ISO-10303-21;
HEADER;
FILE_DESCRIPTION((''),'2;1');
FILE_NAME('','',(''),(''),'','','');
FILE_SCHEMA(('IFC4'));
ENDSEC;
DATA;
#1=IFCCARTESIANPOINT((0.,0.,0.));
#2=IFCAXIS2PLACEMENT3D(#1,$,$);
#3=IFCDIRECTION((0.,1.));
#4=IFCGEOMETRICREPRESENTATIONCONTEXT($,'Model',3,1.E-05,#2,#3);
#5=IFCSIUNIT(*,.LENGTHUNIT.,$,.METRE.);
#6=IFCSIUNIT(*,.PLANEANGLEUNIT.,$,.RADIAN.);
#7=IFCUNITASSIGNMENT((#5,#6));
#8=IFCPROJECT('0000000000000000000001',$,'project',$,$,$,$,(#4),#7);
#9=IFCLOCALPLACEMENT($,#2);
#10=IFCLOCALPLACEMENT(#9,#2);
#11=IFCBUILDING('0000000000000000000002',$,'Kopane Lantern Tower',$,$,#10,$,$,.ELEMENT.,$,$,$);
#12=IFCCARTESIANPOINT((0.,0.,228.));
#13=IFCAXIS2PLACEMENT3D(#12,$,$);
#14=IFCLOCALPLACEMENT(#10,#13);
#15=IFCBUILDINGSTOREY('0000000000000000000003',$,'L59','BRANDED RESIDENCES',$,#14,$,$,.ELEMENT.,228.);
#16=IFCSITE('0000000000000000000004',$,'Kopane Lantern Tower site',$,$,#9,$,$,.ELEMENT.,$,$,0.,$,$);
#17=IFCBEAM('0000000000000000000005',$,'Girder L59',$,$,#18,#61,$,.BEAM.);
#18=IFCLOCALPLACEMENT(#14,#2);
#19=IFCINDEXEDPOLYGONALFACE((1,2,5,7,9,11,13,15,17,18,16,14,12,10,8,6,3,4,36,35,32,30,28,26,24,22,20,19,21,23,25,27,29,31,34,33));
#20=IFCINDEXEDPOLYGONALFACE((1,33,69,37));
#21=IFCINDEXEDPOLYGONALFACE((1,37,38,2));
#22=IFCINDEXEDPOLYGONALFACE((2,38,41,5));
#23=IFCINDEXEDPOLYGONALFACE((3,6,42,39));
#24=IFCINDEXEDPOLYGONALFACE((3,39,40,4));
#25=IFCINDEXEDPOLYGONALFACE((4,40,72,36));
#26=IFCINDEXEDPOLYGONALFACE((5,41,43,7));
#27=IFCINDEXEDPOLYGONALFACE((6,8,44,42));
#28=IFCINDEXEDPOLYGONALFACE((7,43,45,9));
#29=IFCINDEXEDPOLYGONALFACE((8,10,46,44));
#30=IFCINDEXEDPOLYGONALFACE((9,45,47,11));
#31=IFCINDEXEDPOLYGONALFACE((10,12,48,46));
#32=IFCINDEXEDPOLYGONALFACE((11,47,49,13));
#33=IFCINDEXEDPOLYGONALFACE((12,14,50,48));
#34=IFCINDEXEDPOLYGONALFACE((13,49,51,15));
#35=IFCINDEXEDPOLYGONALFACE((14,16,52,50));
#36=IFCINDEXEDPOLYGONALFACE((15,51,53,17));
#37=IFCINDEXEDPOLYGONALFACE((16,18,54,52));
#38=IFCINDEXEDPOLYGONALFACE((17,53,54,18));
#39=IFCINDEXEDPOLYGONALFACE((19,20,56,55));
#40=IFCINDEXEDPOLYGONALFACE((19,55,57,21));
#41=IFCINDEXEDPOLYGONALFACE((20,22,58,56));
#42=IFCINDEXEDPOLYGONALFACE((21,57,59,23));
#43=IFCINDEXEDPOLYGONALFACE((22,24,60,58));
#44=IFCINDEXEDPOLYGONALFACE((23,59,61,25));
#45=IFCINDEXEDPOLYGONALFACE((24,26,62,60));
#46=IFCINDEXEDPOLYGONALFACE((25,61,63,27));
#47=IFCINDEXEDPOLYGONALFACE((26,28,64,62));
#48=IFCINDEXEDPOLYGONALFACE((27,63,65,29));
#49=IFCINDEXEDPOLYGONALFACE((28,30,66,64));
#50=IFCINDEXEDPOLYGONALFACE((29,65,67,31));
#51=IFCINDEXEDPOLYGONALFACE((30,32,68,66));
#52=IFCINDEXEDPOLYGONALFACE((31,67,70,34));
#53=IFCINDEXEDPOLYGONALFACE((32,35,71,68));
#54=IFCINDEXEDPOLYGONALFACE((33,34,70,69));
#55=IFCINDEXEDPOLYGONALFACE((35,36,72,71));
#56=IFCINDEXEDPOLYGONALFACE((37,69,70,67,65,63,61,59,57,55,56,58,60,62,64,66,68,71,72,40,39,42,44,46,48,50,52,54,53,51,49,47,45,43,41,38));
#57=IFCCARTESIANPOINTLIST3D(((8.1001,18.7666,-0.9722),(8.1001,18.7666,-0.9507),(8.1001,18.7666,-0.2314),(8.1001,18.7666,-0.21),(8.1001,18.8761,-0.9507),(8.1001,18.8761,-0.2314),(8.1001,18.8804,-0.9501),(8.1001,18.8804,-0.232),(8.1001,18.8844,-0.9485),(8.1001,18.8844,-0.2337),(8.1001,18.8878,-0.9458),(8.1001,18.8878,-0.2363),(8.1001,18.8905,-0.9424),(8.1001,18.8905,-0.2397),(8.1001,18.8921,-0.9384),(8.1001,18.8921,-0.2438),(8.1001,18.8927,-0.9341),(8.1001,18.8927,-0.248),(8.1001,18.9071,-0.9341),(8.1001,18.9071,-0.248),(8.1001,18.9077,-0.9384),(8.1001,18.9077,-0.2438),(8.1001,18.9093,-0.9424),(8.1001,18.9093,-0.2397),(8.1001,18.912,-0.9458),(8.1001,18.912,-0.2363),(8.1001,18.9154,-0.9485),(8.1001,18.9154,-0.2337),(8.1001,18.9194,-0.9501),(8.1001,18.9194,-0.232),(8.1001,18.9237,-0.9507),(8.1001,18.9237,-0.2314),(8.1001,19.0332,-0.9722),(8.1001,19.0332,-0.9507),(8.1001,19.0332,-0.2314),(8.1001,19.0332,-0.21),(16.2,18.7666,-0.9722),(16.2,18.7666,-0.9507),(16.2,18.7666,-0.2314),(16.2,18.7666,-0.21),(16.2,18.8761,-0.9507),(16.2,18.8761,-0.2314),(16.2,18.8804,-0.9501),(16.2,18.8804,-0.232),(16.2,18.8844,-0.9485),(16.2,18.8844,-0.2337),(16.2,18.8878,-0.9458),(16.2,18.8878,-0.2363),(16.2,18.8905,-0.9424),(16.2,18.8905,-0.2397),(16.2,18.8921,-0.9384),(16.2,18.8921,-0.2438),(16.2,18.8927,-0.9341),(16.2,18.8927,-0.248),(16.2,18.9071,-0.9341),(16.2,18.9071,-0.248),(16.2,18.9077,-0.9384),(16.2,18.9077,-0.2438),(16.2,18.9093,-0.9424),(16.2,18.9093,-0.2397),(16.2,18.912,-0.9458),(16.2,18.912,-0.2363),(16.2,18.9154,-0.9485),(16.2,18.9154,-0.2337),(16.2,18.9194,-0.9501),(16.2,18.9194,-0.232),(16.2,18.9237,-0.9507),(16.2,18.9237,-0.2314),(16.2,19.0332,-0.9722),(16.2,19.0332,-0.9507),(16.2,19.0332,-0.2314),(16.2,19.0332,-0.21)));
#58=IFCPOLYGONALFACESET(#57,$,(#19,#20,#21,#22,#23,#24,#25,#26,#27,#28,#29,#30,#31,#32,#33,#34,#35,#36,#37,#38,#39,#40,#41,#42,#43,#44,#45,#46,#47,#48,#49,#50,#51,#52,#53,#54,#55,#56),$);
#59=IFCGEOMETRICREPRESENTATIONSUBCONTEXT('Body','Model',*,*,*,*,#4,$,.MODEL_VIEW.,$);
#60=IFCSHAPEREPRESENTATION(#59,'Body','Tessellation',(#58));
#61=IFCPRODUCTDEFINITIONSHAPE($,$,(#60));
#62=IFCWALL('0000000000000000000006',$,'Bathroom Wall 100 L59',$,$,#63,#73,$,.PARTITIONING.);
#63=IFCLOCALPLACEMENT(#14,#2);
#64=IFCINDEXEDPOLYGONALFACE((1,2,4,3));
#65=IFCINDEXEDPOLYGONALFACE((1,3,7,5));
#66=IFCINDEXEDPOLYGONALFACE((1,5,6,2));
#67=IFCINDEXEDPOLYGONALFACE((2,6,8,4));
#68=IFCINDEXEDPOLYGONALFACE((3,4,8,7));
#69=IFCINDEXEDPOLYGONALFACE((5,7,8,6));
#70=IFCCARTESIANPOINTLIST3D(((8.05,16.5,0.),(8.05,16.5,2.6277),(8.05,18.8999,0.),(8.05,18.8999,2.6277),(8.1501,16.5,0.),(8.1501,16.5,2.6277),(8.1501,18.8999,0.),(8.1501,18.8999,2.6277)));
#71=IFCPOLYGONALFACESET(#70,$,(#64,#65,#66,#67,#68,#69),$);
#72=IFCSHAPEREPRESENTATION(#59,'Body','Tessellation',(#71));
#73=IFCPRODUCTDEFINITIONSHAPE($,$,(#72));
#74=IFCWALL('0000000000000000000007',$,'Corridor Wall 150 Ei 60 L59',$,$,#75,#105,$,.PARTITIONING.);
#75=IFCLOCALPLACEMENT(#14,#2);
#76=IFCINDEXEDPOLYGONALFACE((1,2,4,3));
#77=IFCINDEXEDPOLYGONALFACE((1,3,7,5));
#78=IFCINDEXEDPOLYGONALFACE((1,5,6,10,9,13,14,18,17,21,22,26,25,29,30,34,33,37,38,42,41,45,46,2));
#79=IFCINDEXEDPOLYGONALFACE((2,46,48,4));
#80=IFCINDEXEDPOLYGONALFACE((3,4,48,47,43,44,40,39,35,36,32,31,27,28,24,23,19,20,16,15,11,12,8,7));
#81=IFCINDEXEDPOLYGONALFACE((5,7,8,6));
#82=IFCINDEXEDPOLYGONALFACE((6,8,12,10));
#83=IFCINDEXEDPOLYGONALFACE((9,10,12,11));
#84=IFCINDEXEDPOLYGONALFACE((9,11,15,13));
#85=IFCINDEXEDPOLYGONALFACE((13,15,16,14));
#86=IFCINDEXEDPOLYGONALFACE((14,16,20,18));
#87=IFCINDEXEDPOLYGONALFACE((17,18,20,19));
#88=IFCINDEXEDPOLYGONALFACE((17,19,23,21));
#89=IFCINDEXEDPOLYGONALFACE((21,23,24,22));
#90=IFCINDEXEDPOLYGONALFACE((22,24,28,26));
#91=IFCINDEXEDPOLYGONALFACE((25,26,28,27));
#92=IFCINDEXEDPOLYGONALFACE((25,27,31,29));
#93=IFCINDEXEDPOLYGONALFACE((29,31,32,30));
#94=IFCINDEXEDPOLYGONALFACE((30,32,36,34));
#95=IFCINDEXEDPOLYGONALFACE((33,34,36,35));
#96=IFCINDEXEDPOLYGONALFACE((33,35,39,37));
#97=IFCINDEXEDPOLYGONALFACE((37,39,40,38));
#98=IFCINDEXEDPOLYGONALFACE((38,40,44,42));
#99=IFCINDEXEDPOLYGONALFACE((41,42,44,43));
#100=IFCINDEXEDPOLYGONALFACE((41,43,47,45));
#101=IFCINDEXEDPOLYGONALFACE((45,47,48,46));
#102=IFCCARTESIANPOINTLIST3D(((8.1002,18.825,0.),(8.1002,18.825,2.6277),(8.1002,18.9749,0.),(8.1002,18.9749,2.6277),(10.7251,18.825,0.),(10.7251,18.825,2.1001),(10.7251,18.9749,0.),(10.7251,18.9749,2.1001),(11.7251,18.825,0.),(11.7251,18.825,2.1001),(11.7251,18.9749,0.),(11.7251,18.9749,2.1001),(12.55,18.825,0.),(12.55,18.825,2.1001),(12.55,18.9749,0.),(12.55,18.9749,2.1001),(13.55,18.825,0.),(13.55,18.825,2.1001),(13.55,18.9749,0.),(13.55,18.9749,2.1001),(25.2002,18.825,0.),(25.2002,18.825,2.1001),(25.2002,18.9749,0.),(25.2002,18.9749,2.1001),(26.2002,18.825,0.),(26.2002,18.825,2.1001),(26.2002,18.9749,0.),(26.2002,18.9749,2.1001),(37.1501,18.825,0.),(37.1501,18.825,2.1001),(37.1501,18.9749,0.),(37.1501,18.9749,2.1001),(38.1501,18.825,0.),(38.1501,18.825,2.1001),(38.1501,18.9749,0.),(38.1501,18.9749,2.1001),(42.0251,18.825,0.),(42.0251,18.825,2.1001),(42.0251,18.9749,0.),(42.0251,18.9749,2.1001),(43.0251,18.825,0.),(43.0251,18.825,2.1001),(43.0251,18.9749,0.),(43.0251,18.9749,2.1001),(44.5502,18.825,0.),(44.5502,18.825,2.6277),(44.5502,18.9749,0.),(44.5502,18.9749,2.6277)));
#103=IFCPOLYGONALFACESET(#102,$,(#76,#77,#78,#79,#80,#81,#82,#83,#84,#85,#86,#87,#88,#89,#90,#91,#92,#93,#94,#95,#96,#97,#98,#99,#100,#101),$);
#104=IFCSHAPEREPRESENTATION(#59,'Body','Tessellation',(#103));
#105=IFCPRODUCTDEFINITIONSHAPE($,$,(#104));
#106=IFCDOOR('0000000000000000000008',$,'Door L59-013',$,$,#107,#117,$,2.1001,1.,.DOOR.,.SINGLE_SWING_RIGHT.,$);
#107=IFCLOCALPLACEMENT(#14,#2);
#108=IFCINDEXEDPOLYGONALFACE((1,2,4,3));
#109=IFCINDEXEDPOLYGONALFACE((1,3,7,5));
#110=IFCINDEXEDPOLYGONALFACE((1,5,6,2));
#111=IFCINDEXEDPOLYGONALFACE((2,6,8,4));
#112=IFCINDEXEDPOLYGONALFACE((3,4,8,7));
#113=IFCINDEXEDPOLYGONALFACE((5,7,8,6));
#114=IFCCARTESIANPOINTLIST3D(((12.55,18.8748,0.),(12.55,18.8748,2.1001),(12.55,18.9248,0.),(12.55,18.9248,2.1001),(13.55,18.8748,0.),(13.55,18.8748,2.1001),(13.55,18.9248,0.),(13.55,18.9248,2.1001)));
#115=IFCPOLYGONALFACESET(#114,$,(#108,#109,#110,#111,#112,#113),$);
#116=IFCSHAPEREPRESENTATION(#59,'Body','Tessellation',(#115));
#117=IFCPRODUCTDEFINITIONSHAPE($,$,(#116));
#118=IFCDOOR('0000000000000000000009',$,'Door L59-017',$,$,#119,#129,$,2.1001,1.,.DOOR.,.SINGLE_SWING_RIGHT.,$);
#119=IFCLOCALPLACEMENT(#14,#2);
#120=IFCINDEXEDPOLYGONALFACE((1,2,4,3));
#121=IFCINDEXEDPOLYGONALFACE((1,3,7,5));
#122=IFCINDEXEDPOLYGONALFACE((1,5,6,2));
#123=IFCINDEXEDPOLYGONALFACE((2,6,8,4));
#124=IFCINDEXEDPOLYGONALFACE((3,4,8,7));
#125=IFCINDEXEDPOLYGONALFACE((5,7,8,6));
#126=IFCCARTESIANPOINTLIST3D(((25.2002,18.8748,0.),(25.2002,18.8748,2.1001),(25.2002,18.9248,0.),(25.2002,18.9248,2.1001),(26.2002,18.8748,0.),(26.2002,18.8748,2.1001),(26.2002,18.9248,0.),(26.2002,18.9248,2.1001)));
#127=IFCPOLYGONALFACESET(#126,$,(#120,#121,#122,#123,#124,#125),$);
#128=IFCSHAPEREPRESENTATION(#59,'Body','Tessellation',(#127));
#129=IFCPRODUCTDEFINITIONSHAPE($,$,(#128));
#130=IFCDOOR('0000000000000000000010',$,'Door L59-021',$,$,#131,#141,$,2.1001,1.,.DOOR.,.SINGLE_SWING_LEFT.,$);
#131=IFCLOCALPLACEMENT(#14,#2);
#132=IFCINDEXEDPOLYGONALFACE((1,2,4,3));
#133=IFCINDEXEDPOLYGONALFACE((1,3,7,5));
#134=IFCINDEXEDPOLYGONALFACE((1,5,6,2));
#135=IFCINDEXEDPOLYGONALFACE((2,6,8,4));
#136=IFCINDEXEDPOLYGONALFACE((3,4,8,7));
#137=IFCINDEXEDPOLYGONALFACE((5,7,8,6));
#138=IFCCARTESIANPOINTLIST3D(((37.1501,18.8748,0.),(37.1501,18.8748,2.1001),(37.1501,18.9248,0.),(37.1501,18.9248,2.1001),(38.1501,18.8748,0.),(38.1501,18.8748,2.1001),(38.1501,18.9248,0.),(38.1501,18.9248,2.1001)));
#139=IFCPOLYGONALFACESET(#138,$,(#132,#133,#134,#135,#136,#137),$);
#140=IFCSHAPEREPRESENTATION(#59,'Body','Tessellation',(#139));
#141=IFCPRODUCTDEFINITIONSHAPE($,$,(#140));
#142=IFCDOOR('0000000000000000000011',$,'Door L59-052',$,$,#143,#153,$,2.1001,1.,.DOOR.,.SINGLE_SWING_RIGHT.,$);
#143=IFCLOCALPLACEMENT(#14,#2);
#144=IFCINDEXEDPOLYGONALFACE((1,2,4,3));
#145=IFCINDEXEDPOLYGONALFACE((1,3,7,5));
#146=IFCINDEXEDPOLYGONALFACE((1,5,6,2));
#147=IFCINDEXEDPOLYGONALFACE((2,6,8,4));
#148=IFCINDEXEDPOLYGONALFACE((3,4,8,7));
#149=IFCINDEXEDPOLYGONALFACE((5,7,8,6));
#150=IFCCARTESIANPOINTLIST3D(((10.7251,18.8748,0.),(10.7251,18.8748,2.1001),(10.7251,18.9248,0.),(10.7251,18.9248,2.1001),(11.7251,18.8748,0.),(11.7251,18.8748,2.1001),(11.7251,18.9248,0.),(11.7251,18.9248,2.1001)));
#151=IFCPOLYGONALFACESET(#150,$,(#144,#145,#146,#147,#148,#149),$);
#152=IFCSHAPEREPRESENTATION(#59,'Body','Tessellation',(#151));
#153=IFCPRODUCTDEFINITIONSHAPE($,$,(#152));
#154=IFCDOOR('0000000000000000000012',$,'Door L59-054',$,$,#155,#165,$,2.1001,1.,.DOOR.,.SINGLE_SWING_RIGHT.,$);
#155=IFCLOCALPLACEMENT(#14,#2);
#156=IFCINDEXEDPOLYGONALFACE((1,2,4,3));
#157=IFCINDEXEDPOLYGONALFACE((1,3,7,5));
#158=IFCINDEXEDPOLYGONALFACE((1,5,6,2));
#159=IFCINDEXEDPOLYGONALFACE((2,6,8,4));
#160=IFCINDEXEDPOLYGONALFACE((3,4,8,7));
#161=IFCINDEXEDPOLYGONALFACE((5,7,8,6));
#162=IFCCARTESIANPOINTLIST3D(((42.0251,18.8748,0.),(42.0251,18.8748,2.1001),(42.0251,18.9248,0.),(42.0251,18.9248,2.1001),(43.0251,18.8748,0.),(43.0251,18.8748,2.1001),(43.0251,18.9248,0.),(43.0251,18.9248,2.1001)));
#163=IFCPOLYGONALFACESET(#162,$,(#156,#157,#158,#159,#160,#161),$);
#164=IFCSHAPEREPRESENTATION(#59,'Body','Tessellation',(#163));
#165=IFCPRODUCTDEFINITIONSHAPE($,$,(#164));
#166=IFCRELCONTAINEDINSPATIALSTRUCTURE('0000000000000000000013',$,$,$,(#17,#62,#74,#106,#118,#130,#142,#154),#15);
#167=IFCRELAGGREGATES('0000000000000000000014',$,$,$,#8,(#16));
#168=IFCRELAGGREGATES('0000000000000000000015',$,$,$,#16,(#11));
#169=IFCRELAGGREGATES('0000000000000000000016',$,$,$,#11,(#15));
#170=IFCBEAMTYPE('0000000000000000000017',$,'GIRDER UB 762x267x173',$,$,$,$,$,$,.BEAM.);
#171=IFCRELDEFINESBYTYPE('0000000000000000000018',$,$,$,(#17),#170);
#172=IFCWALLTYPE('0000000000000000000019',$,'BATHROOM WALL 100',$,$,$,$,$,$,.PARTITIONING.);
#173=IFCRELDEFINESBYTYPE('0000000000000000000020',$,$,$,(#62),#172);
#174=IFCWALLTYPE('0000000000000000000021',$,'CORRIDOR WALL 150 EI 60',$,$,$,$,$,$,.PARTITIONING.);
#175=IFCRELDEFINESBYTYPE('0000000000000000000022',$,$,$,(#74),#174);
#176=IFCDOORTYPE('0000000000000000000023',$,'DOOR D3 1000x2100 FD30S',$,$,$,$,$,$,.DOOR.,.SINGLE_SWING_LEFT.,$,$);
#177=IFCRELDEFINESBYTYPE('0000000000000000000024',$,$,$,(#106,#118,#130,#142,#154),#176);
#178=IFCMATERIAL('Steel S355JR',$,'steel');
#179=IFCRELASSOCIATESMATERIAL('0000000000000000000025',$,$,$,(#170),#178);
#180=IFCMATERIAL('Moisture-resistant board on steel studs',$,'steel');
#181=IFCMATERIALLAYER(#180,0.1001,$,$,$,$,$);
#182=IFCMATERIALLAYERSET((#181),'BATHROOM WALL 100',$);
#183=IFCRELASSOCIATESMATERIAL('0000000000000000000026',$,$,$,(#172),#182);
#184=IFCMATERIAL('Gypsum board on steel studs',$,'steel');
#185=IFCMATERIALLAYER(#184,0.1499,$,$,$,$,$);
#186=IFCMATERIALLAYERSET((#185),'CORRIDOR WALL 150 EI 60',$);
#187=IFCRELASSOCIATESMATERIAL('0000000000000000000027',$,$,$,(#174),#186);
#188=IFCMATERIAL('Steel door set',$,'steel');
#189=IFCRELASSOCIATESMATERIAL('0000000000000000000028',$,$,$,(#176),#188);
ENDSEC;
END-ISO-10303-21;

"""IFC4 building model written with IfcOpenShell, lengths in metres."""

from ifc_helpers import new_model, si_unit, direction, frame, frame_2d, origin, origin_2d, place, context, subcontext, project, spatial, rectangle, i_section, extrude, material, layer, layer_set, material_profile, profile_set, type_object, element, fill, save


model = new_model("IFC4")

# Units and contexts
model_context = context("Model", 3, precision=1e-05, world=origin(), true_north=direction((0.0, 1.0)))
body_context = subcontext(model_context, "Body", "Model", "MODEL_VIEW")
ifc_project = project(units=[si_unit("LENGTHUNIT", "METRE"), si_unit("PLANEANGLEUNIT", "RADIAN")], contexts=[model_context])

# Site, building, storey
site_placement = place(None, origin())
site = spatial("IfcSite", under=ifc_project, at=site_placement, Name="Kopane Lantern Tower site", CompositionType="ELEMENT", RefElevation=0.0)
building_placement = place(site_placement, origin())
building = spatial("IfcBuilding", under=site, at=building_placement, Name="Kopane Lantern Tower", CompositionType="ELEMENT")
storey_placement = place(building_placement, frame((0.0, 0.0, 228.0)))
storey = spatial("IfcBuildingStorey", under=building, at=storey_placement, Name="L59", Description="BRANDED RESIDENCES", CompositionType="ELEMENT", Elevation=228.0)

# Beam
ifc_material_1 = material(Name="Steel S355JR", Category="steel")
ifc_material_profile = material_profile(ifc_material_1, i_section(OverallWidth=0.2666, OverallDepth=0.7622, WebThickness=0.0144, FlangeThickness=0.0215, FilletRadius=0.0166, at=origin_2d()), Name="UB 762x267x173")
ifc_profile_set = profile_set([ifc_material_profile], Name="Steel S355JR")
beam_type = type_object("IfcBeamType", Name="GIRDER UB 762x267x173", PredefinedType="BEAM", material=ifc_profile_set)
beam_placement = place(storey_placement, frame((8.1001, 18.8999, -0.5911), z_axis=(1.0, 0.0, 0.0), x_axis=(0.0, 1.0, 0.0)))
element("IfcBeam", 1, at=beam_placement, inside=storey, type_object=beam_type, Name="Girder L59", PredefinedType="BEAM", context=body_context, shape_type="SweptSolid", body=[
    extrude(i_section(OverallWidth=0.2666, OverallDepth=0.7622, WebThickness=0.0144, FlangeThickness=0.0215, FilletRadius=0.0166, at=origin_2d()), origin(), (0.0, 0.0, 1.0), 8.0999),
])

# Wall
ifc_material_2 = material(Name="Moisture-resistant board on steel studs", Category="steel")
ifc_layer_1 = layer(ifc_material_2, 0.1001)
ifc_layer_set_1 = layer_set([ifc_layer_1], Name="BATHROOM WALL 100")
wall_type_1 = type_object("IfcWallType", Name="BATHROOM WALL 100", PredefinedType="PARTITIONING", material=ifc_layer_set_1)
wall_1_placement = place(storey_placement, frame((8.1001, 18.8999, 0.0), z_axis=(0.0, 0.0, 1.0), x_axis=(0.0, -1.0, 0.0)))
element("IfcWall", 2, at=wall_1_placement, inside=storey, type_object=wall_type_1, Name="Bathroom Wall 100 L59", PredefinedType="PARTITIONING", context=body_context, shape_type="SweptSolid", body=[
    extrude(rectangle(XDim=2.3999, YDim=0.1001, at=frame_2d((1.2, 0.0))), origin(), (0.0, 0.0, 1.0), 2.6277),
])

# Wall, openings, doors
ifc_material_3 = material(Name="Gypsum board on steel studs", Category="steel")
ifc_layer_2 = layer(ifc_material_3, 0.1499)
ifc_layer_set_2 = layer_set([ifc_layer_2], Name="CORRIDOR WALL 150 EI 60")
wall_type_2 = type_object("IfcWallType", Name="CORRIDOR WALL 150 EI 60", PredefinedType="PARTITIONING", material=ifc_layer_set_2)
wall_2_placement = place(storey_placement, frame((8.1001, 18.8999, 0.0), z_axis=(0.0, 0.0, 1.0), x_axis=(1.0, 0.0, 0.0)))
wall_2 = element("IfcWall", 3, at=wall_2_placement, inside=storey, type_object=wall_type_2, Name="Corridor Wall 150 Ei 60 L59", PredefinedType="PARTITIONING", context=body_context, shape_type="SweptSolid", body=[
    extrude(rectangle(XDim=36.45, YDim=0.1499, at=frame_2d((18.2251, 0.0))), origin(), (0.0, 0.0, 1.0), 2.6277),
])
opening_1_placement = place(wall_2_placement, frame((4.45, 0.0, 0.0)))
opening_1 = element("IfcOpeningElement", 4, at=opening_1_placement, cuts=wall_2, PredefinedType="OPENING", context=body_context, shape_type="SweptSolid", body=[
    extrude(rectangle(XDim=1.0, YDim=2.1001, at=frame_2d((0.5, 1.05))), frame((0.0, 0.085, 0.0), z_axis=(0.0, -1.0, 0.0), x_axis=(1.0, 0.0, 0.0)), (0.0, 0.0, 1.0), 0.1699),
])
opening_2_placement = place(wall_2_placement, frame((17.1001, 0.0, 0.0)))
opening_2 = element("IfcOpeningElement", 5, at=opening_2_placement, cuts=wall_2, PredefinedType="OPENING", context=body_context, shape_type="SweptSolid", body=[
    extrude(rectangle(XDim=1.0, YDim=2.1001, at=frame_2d((0.5, 1.05))), frame((0.0, 0.085, 0.0), z_axis=(0.0, -1.0, 0.0), x_axis=(1.0, 0.0, 0.0)), (0.0, 0.0, 1.0), 0.1699),
])
opening_3_placement = place(wall_2_placement, frame((29.05, 0.0, 0.0)))
opening_3 = element("IfcOpeningElement", 6, at=opening_3_placement, cuts=wall_2, PredefinedType="OPENING", context=body_context, shape_type="SweptSolid", body=[
    extrude(rectangle(XDim=1.0, YDim=2.1001, at=frame_2d((0.5, 1.05))), frame((0.0, 0.085, 0.0), z_axis=(0.0, -1.0, 0.0), x_axis=(1.0, 0.0, 0.0)), (0.0, 0.0, 1.0), 0.1699),
])
opening_4_placement = place(wall_2_placement, frame((2.625, 0.0, 0.0)))
opening_4 = element("IfcOpeningElement", 7, at=opening_4_placement, cuts=wall_2, PredefinedType="OPENING", context=body_context, shape_type="SweptSolid", body=[
    extrude(rectangle(XDim=1.0, YDim=2.1001, at=frame_2d((0.5, 1.05))), frame((0.0, 0.085, 0.0), z_axis=(0.0, -1.0, 0.0), x_axis=(1.0, 0.0, 0.0)), (0.0, 0.0, 1.0), 0.1699),
])
opening_5_placement = place(wall_2_placement, frame((33.925, 0.0, 0.0)))
opening_5 = element("IfcOpeningElement", 8, at=opening_5_placement, cuts=wall_2, PredefinedType="OPENING", context=body_context, shape_type="SweptSolid", body=[
    extrude(rectangle(XDim=1.0, YDim=2.1001, at=frame_2d((0.5, 1.05))), frame((0.0, 0.085, 0.0), z_axis=(0.0, -1.0, 0.0), x_axis=(1.0, 0.0, 0.0)), (0.0, 0.0, 1.0), 0.1699),
])
ifc_material_4 = material(Name="Steel door set", Category="steel")
door_type = type_object("IfcDoorType", Name="DOOR D3 1000x2100 FD30S", OperationType="SINGLE_SWING_LEFT", PredefinedType="DOOR", material=ifc_material_4)
door_1_placement = place(opening_1_placement, origin())
door_1 = element("IfcDoor", 9, at=door_1_placement, inside=storey, type_object=door_type, Name="Door L59-013", OperationType="SINGLE_SWING_RIGHT", OverallHeight=2.1001, OverallWidth=1.0, PredefinedType="DOOR", context=body_context, shape_type="SweptSolid", body=[
    extrude(rectangle(XDim=1.0, YDim=2.1001, at=frame_2d((0.5, 1.05))), frame((0.0, 0.0249, 0.0), z_axis=(0.0, -1.0, 0.0), x_axis=(1.0, 0.0, 0.0)), (0.0, 0.0, 1.0), 0.05),
])
fill(opening_1, door_1)
door_2_placement = place(opening_2_placement, origin())
door_2 = element("IfcDoor", 10, at=door_2_placement, inside=storey, type_object=door_type, Name="Door L59-017", OperationType="SINGLE_SWING_RIGHT", OverallHeight=2.1001, OverallWidth=1.0, PredefinedType="DOOR", context=body_context, shape_type="SweptSolid", body=[
    extrude(rectangle(XDim=1.0, YDim=2.1001, at=frame_2d((0.5, 1.05))), frame((0.0, 0.0249, 0.0), z_axis=(0.0, -1.0, 0.0), x_axis=(1.0, 0.0, 0.0)), (0.0, 0.0, 1.0), 0.05),
])
fill(opening_2, door_2)
door_3_placement = place(opening_3_placement, origin())
door_3 = element("IfcDoor", 11, at=door_3_placement, inside=storey, type_object=door_type, Name="Door L59-021", OperationType="SINGLE_SWING_LEFT", OverallHeight=2.1001, OverallWidth=1.0, PredefinedType="DOOR", context=body_context, shape_type="SweptSolid", body=[
    extrude(rectangle(XDim=1.0, YDim=2.1001, at=frame_2d((0.5, 1.05))), frame((0.0, 0.0249, 0.0), z_axis=(0.0, -1.0, 0.0), x_axis=(1.0, 0.0, 0.0)), (0.0, 0.0, 1.0), 0.05),
])
fill(opening_3, door_3)
door_4_placement = place(opening_4_placement, origin())
door_4 = element("IfcDoor", 12, at=door_4_placement, inside=storey, type_object=door_type, Name="Door L59-052", OperationType="SINGLE_SWING_RIGHT", OverallHeight=2.1001, OverallWidth=1.0, PredefinedType="DOOR", context=body_context, shape_type="SweptSolid", body=[
    extrude(rectangle(XDim=1.0, YDim=2.1001, at=frame_2d((0.5, 1.05))), frame((0.0, 0.0249, 0.0), z_axis=(0.0, -1.0, 0.0), x_axis=(1.0, 0.0, 0.0)), (0.0, 0.0, 1.0), 0.05),
])
fill(opening_4, door_4)
door_5_placement = place(opening_5_placement, origin())
door_5 = element("IfcDoor", 13, at=door_5_placement, inside=storey, type_object=door_type, Name="Door L59-054", OperationType="SINGLE_SWING_RIGHT", OverallHeight=2.1001, OverallWidth=1.0, PredefinedType="DOOR", context=body_context, shape_type="SweptSolid", body=[
    extrude(rectangle(XDim=1.0, YDim=2.1001, at=frame_2d((0.5, 1.05))), frame((0.0, 0.0249, 0.0), z_axis=(0.0, -1.0, 0.0), x_axis=(1.0, 0.0, 0.0)), (0.0, 0.0, 1.0), 0.05),
])
fill(opening_5, door_5)

save(model, "model.ifc")
